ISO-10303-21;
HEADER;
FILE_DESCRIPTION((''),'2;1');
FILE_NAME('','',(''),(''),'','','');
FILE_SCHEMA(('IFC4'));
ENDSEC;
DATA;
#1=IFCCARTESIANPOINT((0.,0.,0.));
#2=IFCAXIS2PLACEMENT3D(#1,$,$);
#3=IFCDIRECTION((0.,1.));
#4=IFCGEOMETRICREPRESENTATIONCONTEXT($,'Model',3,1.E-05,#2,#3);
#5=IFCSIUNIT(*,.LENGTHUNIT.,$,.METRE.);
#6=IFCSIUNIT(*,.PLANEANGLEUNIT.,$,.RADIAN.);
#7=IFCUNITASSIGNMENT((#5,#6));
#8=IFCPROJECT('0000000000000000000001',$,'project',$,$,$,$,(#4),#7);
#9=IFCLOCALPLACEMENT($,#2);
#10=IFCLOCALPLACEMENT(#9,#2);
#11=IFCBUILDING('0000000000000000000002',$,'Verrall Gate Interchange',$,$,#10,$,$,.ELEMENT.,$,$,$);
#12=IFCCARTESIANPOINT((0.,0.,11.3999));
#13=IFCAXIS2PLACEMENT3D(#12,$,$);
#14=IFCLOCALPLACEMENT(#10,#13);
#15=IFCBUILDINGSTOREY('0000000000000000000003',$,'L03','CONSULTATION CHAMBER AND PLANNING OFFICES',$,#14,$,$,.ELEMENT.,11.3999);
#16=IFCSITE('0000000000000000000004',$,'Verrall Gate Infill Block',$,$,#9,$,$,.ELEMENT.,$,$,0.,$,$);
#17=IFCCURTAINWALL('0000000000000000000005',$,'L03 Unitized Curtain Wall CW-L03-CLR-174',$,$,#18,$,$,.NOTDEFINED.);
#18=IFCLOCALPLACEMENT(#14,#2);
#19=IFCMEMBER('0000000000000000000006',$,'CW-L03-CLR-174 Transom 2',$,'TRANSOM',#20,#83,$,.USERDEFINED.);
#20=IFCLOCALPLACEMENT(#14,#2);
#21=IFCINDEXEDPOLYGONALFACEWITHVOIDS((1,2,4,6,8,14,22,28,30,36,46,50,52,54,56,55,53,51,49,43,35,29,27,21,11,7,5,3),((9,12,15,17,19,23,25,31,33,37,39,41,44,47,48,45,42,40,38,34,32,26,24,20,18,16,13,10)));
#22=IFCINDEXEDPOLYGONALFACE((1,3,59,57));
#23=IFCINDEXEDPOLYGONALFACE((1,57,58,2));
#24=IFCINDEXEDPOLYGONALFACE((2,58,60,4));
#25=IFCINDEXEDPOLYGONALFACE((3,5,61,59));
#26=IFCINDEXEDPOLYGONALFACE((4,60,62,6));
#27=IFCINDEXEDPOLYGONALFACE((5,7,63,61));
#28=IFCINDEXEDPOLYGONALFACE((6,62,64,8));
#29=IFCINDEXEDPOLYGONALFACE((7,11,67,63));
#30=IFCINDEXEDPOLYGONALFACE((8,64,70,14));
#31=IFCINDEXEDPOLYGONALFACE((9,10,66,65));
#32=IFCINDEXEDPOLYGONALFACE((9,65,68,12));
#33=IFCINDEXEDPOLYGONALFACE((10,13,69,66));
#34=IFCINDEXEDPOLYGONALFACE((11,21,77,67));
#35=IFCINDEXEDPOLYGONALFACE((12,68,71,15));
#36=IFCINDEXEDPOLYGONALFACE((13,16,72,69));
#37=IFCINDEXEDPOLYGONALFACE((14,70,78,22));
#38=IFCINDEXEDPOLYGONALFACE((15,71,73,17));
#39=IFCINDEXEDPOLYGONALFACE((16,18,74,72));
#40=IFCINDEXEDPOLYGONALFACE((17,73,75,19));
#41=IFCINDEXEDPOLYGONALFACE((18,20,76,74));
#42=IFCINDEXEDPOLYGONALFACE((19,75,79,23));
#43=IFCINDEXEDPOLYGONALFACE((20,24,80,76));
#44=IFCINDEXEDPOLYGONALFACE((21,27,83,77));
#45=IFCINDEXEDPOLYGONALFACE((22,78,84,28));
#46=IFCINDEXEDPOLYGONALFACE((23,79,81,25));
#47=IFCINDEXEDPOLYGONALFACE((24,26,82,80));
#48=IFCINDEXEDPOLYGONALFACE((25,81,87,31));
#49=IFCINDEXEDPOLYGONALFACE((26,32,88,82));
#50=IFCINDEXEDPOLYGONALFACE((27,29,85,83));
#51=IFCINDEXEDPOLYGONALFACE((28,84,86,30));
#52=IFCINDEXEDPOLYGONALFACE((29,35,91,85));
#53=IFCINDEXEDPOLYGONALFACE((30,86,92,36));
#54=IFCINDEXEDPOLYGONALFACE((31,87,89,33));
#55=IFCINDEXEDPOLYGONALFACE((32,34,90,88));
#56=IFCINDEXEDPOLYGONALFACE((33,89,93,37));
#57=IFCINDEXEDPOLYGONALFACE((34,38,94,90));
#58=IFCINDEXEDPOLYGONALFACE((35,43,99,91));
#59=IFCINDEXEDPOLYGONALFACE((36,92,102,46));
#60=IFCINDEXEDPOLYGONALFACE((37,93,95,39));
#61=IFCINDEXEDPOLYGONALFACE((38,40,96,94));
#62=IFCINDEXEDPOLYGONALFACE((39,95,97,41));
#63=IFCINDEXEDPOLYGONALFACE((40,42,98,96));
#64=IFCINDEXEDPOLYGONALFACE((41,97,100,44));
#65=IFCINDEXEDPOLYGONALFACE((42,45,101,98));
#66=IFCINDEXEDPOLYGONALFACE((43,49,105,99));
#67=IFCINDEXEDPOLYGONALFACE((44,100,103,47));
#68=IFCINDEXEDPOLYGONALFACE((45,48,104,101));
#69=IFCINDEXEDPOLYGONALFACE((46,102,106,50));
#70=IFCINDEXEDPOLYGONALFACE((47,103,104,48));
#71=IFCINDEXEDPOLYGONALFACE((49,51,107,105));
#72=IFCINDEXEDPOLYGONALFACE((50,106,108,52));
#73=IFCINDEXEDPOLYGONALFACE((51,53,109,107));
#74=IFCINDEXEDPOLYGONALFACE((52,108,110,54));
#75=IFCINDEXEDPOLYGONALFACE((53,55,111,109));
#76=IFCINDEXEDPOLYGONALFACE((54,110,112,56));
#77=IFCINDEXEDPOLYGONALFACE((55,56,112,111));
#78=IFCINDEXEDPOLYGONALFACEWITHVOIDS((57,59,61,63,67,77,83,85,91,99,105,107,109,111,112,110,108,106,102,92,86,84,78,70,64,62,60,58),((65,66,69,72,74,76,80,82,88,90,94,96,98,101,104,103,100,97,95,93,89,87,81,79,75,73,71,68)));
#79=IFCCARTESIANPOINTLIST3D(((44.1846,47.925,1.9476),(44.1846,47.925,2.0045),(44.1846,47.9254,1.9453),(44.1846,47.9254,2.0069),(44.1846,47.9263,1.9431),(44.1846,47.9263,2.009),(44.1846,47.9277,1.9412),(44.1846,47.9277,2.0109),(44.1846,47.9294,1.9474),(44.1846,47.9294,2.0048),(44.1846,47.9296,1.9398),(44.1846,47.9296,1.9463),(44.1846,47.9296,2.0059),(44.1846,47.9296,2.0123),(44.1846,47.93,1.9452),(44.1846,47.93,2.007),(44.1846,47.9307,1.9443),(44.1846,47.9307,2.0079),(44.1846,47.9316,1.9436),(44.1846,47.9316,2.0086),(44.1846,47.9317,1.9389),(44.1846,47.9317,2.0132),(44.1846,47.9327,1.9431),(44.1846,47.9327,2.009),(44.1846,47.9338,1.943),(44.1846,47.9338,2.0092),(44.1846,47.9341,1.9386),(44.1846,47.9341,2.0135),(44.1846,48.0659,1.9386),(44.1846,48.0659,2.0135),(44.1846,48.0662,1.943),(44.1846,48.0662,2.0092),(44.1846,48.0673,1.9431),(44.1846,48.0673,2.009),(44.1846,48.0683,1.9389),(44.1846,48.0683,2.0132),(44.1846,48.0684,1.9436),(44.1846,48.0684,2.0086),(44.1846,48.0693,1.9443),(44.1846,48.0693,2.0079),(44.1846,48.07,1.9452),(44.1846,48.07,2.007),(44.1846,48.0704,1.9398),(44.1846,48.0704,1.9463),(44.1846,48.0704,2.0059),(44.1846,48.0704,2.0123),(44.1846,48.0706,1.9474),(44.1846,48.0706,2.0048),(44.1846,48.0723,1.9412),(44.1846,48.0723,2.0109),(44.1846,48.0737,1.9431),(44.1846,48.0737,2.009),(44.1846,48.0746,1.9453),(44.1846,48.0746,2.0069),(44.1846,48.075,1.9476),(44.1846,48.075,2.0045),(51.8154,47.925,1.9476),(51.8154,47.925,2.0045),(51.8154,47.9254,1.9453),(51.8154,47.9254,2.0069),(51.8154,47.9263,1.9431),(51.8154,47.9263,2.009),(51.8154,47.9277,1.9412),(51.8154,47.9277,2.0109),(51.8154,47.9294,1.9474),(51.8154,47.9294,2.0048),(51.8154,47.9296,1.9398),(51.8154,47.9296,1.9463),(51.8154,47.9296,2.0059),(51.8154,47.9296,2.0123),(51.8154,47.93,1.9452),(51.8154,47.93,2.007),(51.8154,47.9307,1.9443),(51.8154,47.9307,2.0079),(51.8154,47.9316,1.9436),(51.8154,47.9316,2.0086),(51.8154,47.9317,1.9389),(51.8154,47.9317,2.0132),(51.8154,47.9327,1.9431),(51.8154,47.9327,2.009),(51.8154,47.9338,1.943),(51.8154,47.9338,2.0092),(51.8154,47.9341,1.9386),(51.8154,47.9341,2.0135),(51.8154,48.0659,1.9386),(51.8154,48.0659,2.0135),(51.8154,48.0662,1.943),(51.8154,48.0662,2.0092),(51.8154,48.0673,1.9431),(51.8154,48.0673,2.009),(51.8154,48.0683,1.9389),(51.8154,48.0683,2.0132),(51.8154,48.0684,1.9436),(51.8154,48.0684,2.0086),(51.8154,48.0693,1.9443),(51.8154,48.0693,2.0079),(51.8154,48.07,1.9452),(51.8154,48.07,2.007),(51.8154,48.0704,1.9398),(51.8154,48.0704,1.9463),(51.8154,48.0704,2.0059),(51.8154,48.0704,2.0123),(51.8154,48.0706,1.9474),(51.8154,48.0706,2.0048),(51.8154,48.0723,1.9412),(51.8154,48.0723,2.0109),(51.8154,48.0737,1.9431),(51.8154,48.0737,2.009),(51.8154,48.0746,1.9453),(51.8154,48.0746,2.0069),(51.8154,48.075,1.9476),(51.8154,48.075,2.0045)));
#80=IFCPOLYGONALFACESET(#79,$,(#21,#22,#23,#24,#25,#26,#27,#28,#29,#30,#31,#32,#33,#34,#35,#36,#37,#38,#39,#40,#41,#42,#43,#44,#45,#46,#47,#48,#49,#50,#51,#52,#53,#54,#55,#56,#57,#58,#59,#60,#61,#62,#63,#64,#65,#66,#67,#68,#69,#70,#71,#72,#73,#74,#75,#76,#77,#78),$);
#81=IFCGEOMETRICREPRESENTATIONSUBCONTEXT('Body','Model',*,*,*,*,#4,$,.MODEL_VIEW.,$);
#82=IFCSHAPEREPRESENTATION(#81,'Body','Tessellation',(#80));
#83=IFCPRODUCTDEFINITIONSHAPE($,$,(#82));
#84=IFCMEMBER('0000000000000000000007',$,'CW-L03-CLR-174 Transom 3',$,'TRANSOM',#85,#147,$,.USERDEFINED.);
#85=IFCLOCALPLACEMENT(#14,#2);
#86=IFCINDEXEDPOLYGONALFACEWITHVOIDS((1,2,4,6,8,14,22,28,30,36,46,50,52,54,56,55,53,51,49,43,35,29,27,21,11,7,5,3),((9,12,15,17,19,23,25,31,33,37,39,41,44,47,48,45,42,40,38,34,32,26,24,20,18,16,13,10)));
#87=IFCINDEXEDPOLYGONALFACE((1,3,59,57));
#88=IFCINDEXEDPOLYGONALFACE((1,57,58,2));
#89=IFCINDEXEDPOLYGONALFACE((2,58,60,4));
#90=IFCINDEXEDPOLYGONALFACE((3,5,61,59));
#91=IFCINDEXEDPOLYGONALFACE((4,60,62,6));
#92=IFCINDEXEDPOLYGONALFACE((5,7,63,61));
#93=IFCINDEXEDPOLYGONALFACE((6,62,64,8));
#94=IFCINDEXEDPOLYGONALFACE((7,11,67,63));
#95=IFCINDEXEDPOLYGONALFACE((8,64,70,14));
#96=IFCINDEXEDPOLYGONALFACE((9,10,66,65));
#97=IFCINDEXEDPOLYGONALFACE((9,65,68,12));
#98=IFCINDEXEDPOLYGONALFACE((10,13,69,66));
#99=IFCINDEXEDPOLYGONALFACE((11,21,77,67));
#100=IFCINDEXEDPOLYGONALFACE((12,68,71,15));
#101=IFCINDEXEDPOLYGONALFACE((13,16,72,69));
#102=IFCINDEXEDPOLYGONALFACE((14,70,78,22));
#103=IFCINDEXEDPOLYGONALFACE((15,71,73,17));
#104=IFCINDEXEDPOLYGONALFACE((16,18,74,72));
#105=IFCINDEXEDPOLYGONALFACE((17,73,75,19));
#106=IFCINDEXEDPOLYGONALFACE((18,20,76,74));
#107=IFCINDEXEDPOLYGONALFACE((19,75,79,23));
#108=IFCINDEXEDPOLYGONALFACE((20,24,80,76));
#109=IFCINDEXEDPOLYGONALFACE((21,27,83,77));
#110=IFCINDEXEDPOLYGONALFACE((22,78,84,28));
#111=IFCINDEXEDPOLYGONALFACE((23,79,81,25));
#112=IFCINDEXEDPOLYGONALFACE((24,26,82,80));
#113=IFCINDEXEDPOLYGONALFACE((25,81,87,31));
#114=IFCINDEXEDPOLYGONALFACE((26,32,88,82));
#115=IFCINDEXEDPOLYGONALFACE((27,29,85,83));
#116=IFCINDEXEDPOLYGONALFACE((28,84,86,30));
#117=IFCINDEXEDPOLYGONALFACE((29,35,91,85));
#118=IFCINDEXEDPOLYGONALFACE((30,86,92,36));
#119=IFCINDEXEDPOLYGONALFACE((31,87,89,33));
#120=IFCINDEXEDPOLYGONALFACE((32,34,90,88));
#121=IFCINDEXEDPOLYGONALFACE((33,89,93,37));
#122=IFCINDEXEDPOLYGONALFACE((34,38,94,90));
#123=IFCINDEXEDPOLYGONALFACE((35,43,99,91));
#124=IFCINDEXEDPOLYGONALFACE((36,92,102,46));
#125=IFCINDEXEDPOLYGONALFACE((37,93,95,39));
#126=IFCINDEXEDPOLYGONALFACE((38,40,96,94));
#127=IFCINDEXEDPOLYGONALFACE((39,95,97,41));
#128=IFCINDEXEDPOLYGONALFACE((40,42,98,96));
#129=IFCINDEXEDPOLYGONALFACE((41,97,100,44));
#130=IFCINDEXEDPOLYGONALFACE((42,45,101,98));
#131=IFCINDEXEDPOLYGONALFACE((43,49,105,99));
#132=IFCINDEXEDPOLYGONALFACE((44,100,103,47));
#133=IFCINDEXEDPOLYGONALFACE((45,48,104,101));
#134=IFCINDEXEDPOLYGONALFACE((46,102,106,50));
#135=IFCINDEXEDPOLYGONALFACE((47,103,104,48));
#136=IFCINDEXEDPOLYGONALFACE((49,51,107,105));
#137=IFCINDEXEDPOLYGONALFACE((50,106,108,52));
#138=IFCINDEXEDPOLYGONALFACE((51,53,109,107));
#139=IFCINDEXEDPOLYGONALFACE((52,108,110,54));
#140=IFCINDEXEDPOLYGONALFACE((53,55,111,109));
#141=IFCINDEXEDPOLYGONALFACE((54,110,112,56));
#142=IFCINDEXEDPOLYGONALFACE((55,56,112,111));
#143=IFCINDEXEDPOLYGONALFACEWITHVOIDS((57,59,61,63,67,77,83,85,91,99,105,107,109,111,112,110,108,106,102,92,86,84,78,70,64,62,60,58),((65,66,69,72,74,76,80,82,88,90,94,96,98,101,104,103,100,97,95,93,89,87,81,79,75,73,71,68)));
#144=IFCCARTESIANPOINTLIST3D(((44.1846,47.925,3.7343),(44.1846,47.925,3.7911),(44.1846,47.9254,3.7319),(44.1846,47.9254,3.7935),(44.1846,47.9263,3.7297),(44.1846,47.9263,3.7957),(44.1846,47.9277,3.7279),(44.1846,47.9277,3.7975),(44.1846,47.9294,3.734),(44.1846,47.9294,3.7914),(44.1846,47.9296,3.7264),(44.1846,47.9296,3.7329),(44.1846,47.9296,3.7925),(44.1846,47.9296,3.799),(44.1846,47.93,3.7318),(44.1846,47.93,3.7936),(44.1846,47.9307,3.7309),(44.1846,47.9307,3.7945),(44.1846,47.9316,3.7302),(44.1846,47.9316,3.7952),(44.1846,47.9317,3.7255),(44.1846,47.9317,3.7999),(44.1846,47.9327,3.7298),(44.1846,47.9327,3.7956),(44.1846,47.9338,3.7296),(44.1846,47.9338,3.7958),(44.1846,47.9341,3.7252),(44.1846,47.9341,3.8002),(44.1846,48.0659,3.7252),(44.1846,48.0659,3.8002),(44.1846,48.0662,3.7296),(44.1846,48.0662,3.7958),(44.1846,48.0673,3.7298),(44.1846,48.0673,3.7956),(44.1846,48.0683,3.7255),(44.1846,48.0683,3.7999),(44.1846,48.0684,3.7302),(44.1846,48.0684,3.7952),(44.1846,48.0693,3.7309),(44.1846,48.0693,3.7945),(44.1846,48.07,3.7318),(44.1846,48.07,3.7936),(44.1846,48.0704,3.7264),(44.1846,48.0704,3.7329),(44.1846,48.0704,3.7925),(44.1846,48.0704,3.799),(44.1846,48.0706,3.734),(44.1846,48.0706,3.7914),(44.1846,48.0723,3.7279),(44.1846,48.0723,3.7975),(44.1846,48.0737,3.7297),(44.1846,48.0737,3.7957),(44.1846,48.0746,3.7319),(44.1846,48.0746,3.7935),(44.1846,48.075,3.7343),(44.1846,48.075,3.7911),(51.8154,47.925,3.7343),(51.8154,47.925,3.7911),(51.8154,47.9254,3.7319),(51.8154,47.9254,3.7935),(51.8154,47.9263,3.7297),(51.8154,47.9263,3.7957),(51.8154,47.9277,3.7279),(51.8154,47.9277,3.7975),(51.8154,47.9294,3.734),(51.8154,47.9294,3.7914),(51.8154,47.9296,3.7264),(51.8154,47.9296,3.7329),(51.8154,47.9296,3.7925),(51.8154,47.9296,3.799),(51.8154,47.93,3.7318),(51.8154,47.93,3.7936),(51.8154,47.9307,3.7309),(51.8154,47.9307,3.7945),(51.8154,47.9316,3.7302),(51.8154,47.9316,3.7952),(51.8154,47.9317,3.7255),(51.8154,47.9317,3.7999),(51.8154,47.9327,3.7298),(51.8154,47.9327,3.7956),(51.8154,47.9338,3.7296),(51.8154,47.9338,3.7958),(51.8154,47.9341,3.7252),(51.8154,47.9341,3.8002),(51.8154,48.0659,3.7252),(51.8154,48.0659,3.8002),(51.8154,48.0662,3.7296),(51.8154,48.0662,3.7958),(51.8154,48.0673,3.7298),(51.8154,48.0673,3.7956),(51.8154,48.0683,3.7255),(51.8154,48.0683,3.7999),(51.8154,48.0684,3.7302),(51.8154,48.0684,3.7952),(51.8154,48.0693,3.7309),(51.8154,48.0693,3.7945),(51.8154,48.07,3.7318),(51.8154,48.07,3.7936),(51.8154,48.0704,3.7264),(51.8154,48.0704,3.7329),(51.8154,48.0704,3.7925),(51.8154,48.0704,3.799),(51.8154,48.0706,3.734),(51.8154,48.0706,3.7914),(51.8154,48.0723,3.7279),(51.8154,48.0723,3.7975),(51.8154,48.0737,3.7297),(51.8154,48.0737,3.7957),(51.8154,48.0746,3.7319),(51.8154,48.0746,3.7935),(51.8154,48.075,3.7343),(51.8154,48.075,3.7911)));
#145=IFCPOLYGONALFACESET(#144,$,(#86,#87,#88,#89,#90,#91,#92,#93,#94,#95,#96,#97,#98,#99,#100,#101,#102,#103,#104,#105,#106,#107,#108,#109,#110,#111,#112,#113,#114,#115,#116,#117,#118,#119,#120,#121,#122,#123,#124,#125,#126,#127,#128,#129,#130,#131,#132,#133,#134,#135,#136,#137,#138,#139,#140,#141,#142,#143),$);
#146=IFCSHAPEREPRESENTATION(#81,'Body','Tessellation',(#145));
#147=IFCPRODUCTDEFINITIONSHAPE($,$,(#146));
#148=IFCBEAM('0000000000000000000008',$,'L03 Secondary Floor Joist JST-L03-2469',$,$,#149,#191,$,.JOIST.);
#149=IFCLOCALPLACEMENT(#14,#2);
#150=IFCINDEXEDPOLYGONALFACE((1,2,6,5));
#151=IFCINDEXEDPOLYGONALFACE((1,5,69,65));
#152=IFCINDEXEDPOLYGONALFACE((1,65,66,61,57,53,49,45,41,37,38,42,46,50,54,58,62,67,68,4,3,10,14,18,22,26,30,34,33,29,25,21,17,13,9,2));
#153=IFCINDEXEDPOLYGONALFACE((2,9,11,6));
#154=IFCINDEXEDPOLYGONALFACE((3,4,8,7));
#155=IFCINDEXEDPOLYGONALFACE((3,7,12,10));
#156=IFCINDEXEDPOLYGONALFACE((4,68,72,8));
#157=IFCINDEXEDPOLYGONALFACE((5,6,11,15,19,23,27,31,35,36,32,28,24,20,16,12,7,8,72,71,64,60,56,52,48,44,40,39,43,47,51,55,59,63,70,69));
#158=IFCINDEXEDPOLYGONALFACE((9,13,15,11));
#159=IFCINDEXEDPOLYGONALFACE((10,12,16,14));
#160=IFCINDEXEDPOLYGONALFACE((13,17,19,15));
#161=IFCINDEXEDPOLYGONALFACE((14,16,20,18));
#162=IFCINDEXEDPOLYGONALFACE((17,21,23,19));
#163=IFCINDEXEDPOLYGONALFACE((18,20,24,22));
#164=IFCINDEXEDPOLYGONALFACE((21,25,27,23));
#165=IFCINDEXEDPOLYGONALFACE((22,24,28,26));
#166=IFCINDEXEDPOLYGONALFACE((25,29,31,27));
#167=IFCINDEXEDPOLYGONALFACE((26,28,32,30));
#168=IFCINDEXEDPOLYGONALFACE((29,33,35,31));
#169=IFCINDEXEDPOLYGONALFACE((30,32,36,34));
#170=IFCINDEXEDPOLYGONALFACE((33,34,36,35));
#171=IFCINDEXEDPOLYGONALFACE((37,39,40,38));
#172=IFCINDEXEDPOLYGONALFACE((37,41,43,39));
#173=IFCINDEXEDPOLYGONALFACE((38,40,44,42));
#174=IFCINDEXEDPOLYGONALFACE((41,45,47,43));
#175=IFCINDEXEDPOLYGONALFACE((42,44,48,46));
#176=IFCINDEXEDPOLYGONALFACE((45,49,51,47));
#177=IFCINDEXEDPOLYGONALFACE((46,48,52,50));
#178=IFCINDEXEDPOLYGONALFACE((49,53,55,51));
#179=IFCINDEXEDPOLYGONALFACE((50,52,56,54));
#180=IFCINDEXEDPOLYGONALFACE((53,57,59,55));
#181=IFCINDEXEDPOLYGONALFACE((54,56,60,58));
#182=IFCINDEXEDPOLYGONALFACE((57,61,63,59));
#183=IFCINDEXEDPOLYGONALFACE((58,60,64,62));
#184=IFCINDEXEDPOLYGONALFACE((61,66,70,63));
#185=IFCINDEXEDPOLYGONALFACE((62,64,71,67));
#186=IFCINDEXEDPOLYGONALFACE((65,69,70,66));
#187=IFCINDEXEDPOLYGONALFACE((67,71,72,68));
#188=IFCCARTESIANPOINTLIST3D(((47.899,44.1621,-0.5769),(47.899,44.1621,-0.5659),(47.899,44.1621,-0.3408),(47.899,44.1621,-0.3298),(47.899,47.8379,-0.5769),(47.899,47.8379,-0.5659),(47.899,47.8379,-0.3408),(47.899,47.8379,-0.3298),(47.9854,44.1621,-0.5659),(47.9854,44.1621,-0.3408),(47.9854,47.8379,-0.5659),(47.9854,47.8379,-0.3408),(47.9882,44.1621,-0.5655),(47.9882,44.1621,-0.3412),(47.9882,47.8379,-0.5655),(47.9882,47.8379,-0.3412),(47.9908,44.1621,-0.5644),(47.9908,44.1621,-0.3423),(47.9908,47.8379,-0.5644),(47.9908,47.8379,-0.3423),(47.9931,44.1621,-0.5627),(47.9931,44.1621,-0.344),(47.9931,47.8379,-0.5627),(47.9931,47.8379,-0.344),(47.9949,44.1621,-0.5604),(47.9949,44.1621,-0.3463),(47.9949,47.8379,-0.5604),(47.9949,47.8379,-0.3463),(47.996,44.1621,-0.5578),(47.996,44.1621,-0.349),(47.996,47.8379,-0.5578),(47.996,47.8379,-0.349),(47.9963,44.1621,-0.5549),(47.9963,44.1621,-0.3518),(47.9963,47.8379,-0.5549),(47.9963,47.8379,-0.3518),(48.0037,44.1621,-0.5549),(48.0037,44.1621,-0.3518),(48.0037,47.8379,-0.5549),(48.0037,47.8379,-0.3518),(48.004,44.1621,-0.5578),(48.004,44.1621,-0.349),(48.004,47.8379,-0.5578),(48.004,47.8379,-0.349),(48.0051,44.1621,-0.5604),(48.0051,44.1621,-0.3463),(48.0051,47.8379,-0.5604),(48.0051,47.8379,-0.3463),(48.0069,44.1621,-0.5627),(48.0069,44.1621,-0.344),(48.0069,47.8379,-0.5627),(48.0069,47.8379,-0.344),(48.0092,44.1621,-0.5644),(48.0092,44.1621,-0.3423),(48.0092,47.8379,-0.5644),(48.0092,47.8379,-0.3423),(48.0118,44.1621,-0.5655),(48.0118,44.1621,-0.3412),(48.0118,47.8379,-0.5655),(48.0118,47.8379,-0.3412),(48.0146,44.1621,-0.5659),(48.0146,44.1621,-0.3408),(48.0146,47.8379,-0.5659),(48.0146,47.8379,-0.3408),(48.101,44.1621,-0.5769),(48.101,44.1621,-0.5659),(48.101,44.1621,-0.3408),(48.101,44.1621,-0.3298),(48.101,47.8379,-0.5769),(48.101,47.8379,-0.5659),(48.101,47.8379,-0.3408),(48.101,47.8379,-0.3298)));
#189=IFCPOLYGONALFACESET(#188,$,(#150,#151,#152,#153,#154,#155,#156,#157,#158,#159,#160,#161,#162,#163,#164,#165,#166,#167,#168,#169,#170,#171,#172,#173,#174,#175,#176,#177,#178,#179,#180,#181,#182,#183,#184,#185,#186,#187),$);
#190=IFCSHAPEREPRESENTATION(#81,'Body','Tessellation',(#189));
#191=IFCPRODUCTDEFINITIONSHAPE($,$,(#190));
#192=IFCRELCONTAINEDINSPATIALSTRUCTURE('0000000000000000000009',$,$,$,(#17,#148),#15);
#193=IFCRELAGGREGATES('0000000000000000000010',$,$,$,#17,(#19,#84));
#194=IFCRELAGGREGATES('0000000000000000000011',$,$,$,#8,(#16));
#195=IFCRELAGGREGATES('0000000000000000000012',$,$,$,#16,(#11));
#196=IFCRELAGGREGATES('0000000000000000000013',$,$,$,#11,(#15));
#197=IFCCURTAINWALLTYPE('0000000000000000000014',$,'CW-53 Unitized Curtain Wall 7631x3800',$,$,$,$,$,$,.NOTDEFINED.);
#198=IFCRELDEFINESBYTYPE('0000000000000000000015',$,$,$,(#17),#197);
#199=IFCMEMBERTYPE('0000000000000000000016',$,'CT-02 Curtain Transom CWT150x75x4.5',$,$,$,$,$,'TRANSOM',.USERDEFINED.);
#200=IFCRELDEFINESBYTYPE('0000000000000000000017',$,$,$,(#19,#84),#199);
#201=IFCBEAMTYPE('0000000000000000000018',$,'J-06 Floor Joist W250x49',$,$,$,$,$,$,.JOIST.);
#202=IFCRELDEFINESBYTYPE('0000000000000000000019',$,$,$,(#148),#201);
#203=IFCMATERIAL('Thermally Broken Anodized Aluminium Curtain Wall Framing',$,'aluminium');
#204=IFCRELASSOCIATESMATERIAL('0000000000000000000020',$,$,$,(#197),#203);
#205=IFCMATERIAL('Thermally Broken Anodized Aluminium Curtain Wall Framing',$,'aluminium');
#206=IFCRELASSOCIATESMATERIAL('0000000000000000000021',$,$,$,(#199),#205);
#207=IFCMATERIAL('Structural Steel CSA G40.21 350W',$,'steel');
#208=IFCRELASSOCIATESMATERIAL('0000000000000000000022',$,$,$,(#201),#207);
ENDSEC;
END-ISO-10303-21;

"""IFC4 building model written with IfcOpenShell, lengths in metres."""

from ifc_helpers import new_model, si_unit, direction, frame, origin, origin_2d, place, context, subcontext, project, spatial, hollow_rectangle, i_section, extrude, material, material_profile, profile_set, type_object, element, aggregate, save


model = new_model("IFC4")

# Units and contexts
model_context = context("Model", 3, precision=1e-05, world=origin(), true_north=direction((0.0, 1.0)))
body_context = subcontext(model_context, "Body", "Model", "MODEL_VIEW")
ifc_project = project(units=[si_unit("LENGTHUNIT", "METRE"), si_unit("PLANEANGLEUNIT", "RADIAN")], contexts=[model_context])

# Site, building, storey
site_placement = place(None, origin())
site = spatial("IfcSite", under=ifc_project, at=site_placement, Name="Verrall Gate Infill Block", CompositionType="ELEMENT", RefElevation=0.0)
building_placement = place(site_placement, origin())
building = spatial("IfcBuilding", under=site, at=building_placement, Name="Verrall Gate Interchange", CompositionType="ELEMENT")
storey_placement = place(building_placement, frame((0.0, 0.0, 11.3999)))
storey = spatial("IfcBuildingStorey", under=building, at=storey_placement, Name="L03", Description="CONSULTATION CHAMBER AND PLANNING OFFICES", CompositionType="ELEMENT", Elevation=11.3999)

# Curtain wall, members
ifc_material_1 = material(Name="Thermally Broken Anodized Aluminium Curtain Wall Framing", Category="aluminium")
curtain_wall_type = type_object("IfcCurtainWallType", Name="CW-53 Unitized Curtain Wall 7631x3800", PredefinedType="NOTDEFINED", material=ifc_material_1)
curtain_wall_placement = place(storey_placement, origin())
curtain_wall = element("IfcCurtainWall", 1, at=curtain_wall_placement, inside=storey, type_object=curtain_wall_type, Name="L03 Unitized Curtain Wall CW-L03-CLR-174", PredefinedType="NOTDEFINED")
ifc_material_2 = material(Name="Thermally Broken Anodized Aluminium Curtain Wall Framing", Category="aluminium")
ifc_material_profile_1 = material_profile(ifc_material_2, hollow_rectangle(XDim=0.1499, YDim=0.075, WallThickness=0.0044, InnerFilletRadius=0.0044, OuterFilletRadius=0.009, at=origin_2d()), Name="CWT150x75x4.5")
ifc_profile_set_1 = profile_set([ifc_material_profile_1], Name="Thermally Broken Anodized Aluminium Curtain Wall Framing")
member_type_1 = type_object("IfcMemberType", Name="CT-02 Curtain Transom CWT150x75x4.5", ElementType="TRANSOM", PredefinedType="USERDEFINED", material=ifc_profile_set_1)
member_1_placement = place(storey_placement, frame((44.1846, 48.0, 1.9761), z_axis=(1.0, 0.0, 0.0), x_axis=(0.0, 1.0, 0.0)))
member_1 = element("IfcMember", 2, at=member_1_placement, type_object=member_type_1, Name="CW-L03-CLR-174 Transom 2", ObjectType="TRANSOM", PredefinedType="USERDEFINED", context=body_context, shape_type="SweptSolid", body=[
    extrude(hollow_rectangle(XDim=0.1499, YDim=0.075, WallThickness=0.0044, InnerFilletRadius=0.0044, OuterFilletRadius=0.009, at=origin_2d()), origin(), (0.0, 0.0, 1.0), 7.6309),
])
member_2_placement = place(storey_placement, frame((44.1846, 48.0, 3.7627), z_axis=(1.0, 0.0, 0.0), x_axis=(0.0, 1.0, 0.0)))
member_2 = element("IfcMember", 3, at=member_2_placement, type_object=member_type_1, Name="CW-L03-CLR-174 Transom 3", ObjectType="TRANSOM", PredefinedType="USERDEFINED", context=body_context, shape_type="SweptSolid", body=[
    extrude(hollow_rectangle(XDim=0.1499, YDim=0.075, WallThickness=0.0044, InnerFilletRadius=0.0044, OuterFilletRadius=0.009, at=origin_2d()), origin(), (0.0, 0.0, 1.0), 7.6309),
])

# Beam
ifc_material_3 = material(Name="Structural Steel CSA G40.21 350W", Category="steel")
ifc_material_profile_2 = material_profile(ifc_material_3, i_section(OverallWidth=0.2019, OverallDepth=0.2471, WebThickness=0.0073, FlangeThickness=0.011, FilletRadius=0.011, at=origin_2d()), Name="W250x49")
ifc_profile_set_2 = profile_set([ifc_material_profile_2], Name="Structural Steel CSA G40.21 350W")
beam_type_1 = type_object("IfcBeamType", Name="J-06 Floor Joist W250x49", PredefinedType="JOIST", material=ifc_profile_set_2)
beam_1_placement = place(storey_placement, frame((48.0, 44.1621, -0.4534), z_axis=(0.0, 1.0, 0.0), x_axis=(-1.0, 0.0, 0.0)))
element("IfcBeam", 4, at=beam_1_placement, inside=storey, type_object=beam_type_1, Name="L03 Secondary Floor Joist JST-L03-2469", PredefinedType="JOIST", context=body_context, shape_type="SweptSolid", body=[
    extrude(i_section(OverallWidth=0.2019, OverallDepth=0.2471, WebThickness=0.0073, FlangeThickness=0.011, FilletRadius=0.011, at=origin_2d()), origin(), (0.0, 0.0, 1.0), 3.6758),
])

aggregate(curtain_wall, [member_1, member_2])

save(model, "model.ifc")
